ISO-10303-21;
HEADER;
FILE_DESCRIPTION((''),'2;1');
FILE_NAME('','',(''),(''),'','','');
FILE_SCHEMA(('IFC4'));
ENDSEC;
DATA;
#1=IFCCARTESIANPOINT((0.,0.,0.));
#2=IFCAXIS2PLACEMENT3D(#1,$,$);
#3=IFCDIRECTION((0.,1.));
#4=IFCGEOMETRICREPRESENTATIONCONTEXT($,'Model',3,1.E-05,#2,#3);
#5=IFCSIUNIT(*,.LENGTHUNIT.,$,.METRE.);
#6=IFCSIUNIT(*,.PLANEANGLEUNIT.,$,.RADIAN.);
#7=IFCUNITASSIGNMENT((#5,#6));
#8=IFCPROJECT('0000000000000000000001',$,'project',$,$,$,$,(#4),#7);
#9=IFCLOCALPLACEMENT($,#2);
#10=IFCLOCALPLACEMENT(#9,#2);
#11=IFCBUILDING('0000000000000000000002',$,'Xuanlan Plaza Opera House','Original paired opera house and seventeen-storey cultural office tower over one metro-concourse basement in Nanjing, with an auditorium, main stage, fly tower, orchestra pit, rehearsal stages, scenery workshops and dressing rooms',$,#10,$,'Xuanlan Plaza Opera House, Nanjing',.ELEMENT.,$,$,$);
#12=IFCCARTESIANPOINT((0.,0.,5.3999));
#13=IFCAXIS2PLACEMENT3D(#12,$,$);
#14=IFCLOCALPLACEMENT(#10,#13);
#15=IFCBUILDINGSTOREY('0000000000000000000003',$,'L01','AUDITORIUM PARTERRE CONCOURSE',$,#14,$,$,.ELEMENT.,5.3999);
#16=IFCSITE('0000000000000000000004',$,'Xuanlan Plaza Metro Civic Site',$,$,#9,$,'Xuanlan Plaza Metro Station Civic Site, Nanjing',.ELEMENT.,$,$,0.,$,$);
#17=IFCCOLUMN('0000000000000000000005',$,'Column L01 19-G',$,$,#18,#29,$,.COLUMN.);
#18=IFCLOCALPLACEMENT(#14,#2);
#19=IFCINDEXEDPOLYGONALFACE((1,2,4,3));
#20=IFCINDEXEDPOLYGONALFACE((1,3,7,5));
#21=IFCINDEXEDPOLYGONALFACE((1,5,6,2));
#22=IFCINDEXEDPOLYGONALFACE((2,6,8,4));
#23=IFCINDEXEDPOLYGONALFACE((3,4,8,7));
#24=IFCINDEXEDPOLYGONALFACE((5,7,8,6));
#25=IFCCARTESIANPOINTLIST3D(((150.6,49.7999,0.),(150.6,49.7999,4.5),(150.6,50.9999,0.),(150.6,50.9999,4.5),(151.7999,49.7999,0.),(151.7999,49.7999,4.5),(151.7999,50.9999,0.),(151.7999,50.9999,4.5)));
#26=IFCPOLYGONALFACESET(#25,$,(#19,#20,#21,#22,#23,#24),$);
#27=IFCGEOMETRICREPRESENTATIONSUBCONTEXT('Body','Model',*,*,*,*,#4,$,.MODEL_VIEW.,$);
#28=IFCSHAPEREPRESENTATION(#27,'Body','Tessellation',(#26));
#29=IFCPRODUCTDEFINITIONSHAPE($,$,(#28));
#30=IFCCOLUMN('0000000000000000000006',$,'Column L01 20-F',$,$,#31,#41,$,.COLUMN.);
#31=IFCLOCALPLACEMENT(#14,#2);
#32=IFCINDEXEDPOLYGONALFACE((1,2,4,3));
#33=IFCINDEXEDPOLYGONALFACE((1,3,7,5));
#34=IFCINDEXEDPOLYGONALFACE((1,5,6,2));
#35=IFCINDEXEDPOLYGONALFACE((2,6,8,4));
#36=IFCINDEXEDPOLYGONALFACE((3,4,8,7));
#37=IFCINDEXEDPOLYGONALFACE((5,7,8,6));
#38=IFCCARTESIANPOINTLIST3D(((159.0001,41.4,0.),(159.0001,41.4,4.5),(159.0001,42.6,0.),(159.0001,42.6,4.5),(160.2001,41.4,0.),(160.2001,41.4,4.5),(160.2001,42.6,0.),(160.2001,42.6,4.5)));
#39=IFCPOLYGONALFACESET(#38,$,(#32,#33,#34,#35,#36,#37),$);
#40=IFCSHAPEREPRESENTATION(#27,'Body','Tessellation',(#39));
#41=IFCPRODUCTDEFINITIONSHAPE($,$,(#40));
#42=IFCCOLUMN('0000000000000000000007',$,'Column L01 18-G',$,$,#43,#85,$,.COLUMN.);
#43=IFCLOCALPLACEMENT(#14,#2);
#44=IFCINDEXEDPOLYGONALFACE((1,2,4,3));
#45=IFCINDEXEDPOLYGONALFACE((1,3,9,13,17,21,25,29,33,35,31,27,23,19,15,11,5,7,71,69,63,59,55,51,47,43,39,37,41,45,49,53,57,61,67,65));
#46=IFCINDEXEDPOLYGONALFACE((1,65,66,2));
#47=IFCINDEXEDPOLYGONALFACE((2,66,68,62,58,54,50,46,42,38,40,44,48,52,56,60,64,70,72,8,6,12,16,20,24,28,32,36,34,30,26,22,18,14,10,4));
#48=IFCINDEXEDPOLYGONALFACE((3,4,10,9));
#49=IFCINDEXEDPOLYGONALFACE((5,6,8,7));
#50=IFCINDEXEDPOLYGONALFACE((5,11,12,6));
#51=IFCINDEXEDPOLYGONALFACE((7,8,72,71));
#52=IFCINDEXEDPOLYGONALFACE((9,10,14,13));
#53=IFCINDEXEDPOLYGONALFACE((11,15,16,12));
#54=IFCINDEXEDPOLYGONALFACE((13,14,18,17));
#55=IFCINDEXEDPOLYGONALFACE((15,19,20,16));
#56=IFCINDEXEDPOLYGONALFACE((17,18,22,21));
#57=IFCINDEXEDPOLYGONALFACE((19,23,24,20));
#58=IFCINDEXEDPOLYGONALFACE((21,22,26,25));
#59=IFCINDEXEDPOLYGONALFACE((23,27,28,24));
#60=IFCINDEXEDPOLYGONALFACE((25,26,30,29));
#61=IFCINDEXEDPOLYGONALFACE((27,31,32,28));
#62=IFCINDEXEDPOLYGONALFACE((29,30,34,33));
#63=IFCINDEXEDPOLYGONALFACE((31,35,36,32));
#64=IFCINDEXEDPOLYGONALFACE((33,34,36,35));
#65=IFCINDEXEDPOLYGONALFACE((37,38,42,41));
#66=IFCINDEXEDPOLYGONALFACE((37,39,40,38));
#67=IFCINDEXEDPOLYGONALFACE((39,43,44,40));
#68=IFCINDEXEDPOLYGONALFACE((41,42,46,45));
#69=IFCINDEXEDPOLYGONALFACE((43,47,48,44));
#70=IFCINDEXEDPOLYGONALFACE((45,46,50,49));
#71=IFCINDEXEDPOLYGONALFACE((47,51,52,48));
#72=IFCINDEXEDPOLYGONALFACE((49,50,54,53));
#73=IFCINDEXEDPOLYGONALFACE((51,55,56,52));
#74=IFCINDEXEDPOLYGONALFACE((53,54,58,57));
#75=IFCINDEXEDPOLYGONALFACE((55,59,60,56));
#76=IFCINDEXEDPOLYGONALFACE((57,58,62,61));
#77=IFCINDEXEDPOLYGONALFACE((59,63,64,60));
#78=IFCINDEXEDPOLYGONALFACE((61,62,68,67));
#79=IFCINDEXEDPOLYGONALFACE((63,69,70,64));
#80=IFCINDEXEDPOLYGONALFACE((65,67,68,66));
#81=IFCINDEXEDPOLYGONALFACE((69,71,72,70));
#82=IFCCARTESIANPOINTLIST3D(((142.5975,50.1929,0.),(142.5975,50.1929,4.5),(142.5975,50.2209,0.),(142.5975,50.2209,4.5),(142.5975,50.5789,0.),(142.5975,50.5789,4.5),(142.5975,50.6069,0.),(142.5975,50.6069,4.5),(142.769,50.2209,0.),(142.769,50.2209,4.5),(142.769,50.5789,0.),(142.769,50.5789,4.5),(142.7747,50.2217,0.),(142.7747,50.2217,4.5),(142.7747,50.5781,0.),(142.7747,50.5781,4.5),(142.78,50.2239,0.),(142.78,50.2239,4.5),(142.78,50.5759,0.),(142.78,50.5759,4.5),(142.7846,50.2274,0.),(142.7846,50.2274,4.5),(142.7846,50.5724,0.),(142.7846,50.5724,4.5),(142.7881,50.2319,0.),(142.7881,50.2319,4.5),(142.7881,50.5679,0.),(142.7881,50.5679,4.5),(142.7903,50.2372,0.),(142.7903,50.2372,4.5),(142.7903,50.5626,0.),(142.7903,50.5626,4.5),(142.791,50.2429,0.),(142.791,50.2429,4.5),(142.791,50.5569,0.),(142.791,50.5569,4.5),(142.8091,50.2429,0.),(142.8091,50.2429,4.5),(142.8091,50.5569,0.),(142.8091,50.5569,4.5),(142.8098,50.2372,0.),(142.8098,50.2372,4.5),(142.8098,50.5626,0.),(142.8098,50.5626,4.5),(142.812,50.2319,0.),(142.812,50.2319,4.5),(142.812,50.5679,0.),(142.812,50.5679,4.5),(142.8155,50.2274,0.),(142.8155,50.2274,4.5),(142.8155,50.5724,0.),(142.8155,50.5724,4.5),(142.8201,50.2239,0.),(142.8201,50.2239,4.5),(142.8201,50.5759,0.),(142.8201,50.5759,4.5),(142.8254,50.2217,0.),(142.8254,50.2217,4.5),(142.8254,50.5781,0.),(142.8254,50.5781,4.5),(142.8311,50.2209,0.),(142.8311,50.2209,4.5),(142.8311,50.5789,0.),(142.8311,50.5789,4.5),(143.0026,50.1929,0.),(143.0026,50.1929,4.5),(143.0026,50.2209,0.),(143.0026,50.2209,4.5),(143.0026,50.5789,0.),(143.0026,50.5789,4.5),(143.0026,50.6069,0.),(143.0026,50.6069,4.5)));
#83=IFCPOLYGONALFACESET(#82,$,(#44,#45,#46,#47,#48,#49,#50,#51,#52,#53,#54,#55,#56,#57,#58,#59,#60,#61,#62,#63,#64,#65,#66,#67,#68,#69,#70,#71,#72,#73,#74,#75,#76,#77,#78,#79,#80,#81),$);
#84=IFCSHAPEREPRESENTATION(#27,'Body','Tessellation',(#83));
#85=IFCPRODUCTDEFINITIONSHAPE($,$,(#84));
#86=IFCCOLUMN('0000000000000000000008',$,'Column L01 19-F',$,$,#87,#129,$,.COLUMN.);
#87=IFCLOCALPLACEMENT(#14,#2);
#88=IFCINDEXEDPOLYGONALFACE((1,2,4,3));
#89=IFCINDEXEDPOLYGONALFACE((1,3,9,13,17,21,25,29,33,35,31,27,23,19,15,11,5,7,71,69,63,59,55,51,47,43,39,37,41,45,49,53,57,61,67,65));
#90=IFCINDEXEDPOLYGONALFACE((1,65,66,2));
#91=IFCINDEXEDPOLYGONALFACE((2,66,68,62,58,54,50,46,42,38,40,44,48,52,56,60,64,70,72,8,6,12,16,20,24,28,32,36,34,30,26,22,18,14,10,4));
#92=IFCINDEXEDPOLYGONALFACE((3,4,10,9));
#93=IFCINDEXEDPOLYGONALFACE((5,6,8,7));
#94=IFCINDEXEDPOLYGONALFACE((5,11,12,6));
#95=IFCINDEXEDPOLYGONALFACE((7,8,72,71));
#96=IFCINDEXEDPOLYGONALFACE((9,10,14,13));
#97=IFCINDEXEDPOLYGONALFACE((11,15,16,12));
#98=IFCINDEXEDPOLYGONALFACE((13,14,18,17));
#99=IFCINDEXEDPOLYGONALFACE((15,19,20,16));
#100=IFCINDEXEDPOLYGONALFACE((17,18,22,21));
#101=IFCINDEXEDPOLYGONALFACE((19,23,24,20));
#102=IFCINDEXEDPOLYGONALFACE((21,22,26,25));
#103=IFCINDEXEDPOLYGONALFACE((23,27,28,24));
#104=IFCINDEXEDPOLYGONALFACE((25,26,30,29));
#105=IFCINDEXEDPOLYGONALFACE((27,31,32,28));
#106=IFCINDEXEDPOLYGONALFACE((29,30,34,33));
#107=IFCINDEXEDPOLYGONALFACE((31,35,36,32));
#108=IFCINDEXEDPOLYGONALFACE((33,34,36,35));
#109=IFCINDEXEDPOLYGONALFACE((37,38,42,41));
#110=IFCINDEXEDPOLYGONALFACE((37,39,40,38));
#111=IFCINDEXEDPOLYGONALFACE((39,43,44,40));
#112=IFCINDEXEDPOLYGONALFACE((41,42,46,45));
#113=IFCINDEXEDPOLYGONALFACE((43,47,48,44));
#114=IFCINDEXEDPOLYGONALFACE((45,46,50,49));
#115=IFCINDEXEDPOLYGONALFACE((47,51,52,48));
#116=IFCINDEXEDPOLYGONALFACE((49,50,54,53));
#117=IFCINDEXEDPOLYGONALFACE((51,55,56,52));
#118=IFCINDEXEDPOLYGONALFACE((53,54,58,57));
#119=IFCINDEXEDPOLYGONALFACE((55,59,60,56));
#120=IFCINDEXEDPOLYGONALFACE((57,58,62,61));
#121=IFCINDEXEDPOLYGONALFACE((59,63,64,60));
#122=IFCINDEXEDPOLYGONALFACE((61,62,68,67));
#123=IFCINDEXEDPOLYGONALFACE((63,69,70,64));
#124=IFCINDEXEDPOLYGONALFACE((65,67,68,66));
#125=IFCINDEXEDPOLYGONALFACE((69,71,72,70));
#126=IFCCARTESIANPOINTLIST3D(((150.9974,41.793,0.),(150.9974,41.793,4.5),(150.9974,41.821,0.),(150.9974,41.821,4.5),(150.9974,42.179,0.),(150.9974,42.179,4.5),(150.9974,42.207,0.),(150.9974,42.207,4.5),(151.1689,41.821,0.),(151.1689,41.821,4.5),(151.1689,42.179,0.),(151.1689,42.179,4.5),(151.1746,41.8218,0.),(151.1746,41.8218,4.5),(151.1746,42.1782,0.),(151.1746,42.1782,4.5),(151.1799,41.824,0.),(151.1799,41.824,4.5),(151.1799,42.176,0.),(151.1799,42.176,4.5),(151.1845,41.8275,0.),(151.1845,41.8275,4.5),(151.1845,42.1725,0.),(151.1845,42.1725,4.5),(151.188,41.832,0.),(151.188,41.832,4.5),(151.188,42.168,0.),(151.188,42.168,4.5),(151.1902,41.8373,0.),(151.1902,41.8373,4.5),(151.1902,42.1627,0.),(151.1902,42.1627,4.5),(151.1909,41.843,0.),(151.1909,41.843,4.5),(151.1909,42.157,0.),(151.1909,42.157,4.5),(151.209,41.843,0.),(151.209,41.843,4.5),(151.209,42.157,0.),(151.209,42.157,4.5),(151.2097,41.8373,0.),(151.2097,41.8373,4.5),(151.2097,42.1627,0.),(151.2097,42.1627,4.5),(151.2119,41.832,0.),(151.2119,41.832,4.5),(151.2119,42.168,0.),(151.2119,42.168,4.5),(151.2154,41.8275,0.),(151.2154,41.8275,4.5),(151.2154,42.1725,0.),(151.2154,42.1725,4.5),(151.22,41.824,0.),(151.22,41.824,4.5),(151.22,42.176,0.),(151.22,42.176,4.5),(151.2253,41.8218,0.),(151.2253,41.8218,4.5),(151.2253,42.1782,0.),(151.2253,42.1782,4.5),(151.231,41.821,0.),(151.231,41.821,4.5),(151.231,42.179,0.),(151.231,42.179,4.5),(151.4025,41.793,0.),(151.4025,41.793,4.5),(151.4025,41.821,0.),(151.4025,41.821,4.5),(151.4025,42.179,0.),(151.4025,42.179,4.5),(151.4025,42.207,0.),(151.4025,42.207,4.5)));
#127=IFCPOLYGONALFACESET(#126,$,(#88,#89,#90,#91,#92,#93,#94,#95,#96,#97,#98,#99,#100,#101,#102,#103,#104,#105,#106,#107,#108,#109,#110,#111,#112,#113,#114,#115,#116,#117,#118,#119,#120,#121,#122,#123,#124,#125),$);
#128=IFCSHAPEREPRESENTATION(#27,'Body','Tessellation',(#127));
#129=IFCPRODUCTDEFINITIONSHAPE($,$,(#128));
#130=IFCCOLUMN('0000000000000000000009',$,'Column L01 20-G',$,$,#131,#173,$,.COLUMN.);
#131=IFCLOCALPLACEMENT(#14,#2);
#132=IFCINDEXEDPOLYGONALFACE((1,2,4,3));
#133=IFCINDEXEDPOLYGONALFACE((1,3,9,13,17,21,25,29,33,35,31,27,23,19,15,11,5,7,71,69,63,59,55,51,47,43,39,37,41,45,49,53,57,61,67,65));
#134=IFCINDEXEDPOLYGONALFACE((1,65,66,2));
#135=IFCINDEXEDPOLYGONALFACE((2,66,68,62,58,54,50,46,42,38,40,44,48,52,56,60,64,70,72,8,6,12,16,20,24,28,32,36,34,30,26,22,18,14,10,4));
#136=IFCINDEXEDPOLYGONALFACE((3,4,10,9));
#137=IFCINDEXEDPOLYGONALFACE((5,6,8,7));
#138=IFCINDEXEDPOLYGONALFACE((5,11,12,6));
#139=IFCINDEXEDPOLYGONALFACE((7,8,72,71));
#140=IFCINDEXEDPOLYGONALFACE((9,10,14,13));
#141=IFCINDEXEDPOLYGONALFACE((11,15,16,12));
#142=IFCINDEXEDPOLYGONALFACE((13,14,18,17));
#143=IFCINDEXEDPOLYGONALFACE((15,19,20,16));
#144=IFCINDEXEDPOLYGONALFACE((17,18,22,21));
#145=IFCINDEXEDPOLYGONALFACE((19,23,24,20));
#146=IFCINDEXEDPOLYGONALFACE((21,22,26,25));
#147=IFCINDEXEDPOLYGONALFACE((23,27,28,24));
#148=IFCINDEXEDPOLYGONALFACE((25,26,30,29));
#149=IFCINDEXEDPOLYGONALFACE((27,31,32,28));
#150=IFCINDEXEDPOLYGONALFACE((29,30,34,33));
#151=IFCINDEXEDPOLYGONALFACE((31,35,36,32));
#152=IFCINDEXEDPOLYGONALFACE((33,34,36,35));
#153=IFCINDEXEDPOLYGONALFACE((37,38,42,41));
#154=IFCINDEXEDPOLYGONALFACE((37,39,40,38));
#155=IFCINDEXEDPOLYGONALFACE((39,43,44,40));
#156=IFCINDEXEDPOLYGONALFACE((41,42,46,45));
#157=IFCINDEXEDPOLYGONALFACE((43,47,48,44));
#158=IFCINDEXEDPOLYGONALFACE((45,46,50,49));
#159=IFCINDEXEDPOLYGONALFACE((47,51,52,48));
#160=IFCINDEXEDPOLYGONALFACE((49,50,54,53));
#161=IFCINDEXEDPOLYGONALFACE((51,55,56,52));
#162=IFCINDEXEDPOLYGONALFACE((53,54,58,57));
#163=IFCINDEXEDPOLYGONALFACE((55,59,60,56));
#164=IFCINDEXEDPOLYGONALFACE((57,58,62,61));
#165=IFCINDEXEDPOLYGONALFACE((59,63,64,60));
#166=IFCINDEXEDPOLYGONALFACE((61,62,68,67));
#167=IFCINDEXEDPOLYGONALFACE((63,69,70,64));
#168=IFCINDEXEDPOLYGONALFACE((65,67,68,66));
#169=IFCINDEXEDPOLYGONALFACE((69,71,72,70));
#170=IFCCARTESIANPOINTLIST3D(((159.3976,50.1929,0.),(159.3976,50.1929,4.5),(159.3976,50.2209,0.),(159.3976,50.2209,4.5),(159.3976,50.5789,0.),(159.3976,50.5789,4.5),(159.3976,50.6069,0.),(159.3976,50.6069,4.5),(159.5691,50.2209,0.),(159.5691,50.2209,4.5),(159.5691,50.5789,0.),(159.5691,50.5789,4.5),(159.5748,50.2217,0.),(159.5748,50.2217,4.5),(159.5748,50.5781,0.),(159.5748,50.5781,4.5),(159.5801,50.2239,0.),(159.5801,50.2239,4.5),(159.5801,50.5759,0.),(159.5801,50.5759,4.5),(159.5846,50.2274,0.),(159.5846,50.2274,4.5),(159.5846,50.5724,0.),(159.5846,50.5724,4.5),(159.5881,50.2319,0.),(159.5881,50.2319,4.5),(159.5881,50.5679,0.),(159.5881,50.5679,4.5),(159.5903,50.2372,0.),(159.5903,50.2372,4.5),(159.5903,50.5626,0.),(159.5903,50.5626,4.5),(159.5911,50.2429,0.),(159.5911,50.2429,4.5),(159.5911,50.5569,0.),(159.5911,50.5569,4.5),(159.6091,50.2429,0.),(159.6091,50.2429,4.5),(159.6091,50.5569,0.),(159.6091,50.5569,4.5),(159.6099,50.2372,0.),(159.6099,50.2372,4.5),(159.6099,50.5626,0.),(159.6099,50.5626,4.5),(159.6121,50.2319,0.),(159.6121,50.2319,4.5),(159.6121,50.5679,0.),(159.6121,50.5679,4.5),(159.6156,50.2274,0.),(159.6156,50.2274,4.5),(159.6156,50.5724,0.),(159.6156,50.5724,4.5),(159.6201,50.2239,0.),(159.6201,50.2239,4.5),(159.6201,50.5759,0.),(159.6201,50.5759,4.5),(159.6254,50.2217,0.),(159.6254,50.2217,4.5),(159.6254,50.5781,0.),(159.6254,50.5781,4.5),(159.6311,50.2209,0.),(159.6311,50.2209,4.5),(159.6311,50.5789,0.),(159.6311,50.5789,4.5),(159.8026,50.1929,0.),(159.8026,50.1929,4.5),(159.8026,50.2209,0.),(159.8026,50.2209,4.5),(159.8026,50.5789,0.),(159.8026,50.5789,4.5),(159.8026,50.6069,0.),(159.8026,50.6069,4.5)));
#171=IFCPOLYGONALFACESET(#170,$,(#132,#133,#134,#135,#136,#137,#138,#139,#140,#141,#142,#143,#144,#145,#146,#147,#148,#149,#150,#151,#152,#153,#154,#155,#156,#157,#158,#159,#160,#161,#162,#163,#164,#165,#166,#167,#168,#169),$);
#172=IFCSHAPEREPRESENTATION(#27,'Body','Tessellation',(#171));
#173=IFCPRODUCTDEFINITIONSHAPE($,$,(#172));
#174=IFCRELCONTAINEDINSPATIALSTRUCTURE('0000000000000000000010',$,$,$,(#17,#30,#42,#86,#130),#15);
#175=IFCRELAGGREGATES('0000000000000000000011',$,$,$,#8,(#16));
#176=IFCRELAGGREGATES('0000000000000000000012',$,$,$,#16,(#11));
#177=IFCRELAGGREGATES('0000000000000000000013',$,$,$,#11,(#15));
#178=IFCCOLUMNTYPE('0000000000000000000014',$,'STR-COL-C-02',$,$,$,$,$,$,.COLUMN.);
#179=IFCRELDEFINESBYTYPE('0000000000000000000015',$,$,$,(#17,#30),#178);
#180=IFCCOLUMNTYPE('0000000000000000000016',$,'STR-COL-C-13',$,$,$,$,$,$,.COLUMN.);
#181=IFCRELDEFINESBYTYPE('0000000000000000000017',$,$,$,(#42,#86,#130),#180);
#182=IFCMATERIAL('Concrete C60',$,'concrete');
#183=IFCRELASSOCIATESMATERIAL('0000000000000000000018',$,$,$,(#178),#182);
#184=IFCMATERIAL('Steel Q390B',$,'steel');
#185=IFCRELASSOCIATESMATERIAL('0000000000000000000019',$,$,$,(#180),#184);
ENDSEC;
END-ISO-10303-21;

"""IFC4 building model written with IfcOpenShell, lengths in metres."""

from ifc_helpers import new_model, si_unit, direction, frame, origin, origin_2d, place, context, subcontext, project, spatial, rectangle, i_section, extrude, material, material_profile, profile_set, type_object, element, save


model = new_model("IFC4")

# Units and contexts
model_context = context("Model", 3, precision=1e-05, world=origin(), true_north=direction((0.0, 1.0)))
body_context = subcontext(model_context, "Body", "Model", "MODEL_VIEW")
ifc_project = project(units=[si_unit("LENGTHUNIT", "METRE"), si_unit("PLANEANGLEUNIT", "RADIAN")], contexts=[model_context])

# Site, building, storey
site_placement = place(None, origin())
site = spatial("IfcSite", under=ifc_project, at=site_placement, Name="Xuanlan Plaza Metro Civic Site", LongName="Xuanlan Plaza Metro Station Civic Site, Nanjing", CompositionType="ELEMENT", RefElevation=0.0)
building_placement = place(site_placement, origin())
building = spatial("IfcBuilding", under=site, at=building_placement, Name="Xuanlan Plaza Opera House", Description="Original paired opera house and seventeen-storey cultural office tower over one metro-concourse basement in Nanjing, with an auditorium, main stage, fly tower, orchestra pit, rehearsal stages, scenery workshops and dressing rooms", LongName="Xuanlan Plaza Opera House, Nanjing", CompositionType="ELEMENT")
storey_placement = place(building_placement, frame((0.0, 0.0, 5.3999)))
storey = spatial("IfcBuildingStorey", under=building, at=storey_placement, Name="L01", Description="AUDITORIUM PARTERRE CONCOURSE", CompositionType="ELEMENT", Elevation=5.3999)

# Columns
ifc_material_1 = material(Name="Concrete C60", Category="concrete")
ifc_material_profile_1 = material_profile(ifc_material_1, rectangle(XDim=1.2, YDim=1.2, at=origin_2d()), Name="RC-COL 1200x1200")
ifc_profile_set_1 = profile_set([ifc_material_profile_1], Name="Concrete C60")
column_type_1 = type_object("IfcColumnType", Name="STR-COL-C-02", PredefinedType="COLUMN", material=ifc_profile_set_1)
for number, where, z_axis, x_axis, name in (
    (1, (151.2, 50.3999, 0.0), (0.0, 0.0, 1.0), (1.0, 0.0, 0.0), "Column L01 19-G"),
    (2, (159.6001, 42.0, 0.0), (0.0, 0.0, 1.0), (1.0, 0.0, 0.0), "Column L01 20-F"),
):
    element("IfcColumn", number, at=place(storey_placement, frame(where, z_axis=z_axis, x_axis=x_axis)), inside=storey, type_object=column_type_1, Name=name, PredefinedType="COLUMN", context=body_context, shape_type="SweptSolid", body=[
        extrude(rectangle(XDim=1.2, YDim=1.2, at=origin_2d()), origin(), (0.0, 0.0, 1.0), 4.5),
    ])
ifc_material_2 = material(Name="Steel Q390B", Category="steel")
ifc_material_profile_2 = material_profile(ifc_material_2, i_section(OverallWidth=0.405, OverallDepth=0.4141, WebThickness=0.0181, FlangeThickness=0.0281, FilletRadius=0.022, at=origin_2d()), Name="HW 414x405x18x28")
ifc_profile_set_2 = profile_set([ifc_material_profile_2], Name="Steel Q390B")
column_type_2 = type_object("IfcColumnType", Name="STR-COL-C-13", PredefinedType="COLUMN", material=ifc_profile_set_2)
for number, where, z_axis, x_axis, name in (
    (3, (142.8, 50.3999, 0.0), (0.0, 0.0, 1.0), (1.0, 0.0, 0.0), "Column L01 18-G"),
    (4, (151.2, 42.0, 0.0), (0.0, 0.0, 1.0), (1.0, 0.0, 0.0), "Column L01 19-F"),
    (5, (159.6001, 50.3999, 0.0), (0.0, 0.0, 1.0), (1.0, 0.0, 0.0), "Column L01 20-G"),
):
    element("IfcColumn", number, at=place(storey_placement, frame(where, z_axis=z_axis, x_axis=x_axis)), inside=storey, type_object=column_type_2, Name=name, PredefinedType="COLUMN", context=body_context, shape_type="SweptSolid", body=[
        extrude(i_section(OverallWidth=0.405, OverallDepth=0.4141, WebThickness=0.0181, FlangeThickness=0.0281, FilletRadius=0.022, at=origin_2d()), origin(), (0.0, 0.0, 1.0), 4.5),
    ])

save(model, "model.ifc")
